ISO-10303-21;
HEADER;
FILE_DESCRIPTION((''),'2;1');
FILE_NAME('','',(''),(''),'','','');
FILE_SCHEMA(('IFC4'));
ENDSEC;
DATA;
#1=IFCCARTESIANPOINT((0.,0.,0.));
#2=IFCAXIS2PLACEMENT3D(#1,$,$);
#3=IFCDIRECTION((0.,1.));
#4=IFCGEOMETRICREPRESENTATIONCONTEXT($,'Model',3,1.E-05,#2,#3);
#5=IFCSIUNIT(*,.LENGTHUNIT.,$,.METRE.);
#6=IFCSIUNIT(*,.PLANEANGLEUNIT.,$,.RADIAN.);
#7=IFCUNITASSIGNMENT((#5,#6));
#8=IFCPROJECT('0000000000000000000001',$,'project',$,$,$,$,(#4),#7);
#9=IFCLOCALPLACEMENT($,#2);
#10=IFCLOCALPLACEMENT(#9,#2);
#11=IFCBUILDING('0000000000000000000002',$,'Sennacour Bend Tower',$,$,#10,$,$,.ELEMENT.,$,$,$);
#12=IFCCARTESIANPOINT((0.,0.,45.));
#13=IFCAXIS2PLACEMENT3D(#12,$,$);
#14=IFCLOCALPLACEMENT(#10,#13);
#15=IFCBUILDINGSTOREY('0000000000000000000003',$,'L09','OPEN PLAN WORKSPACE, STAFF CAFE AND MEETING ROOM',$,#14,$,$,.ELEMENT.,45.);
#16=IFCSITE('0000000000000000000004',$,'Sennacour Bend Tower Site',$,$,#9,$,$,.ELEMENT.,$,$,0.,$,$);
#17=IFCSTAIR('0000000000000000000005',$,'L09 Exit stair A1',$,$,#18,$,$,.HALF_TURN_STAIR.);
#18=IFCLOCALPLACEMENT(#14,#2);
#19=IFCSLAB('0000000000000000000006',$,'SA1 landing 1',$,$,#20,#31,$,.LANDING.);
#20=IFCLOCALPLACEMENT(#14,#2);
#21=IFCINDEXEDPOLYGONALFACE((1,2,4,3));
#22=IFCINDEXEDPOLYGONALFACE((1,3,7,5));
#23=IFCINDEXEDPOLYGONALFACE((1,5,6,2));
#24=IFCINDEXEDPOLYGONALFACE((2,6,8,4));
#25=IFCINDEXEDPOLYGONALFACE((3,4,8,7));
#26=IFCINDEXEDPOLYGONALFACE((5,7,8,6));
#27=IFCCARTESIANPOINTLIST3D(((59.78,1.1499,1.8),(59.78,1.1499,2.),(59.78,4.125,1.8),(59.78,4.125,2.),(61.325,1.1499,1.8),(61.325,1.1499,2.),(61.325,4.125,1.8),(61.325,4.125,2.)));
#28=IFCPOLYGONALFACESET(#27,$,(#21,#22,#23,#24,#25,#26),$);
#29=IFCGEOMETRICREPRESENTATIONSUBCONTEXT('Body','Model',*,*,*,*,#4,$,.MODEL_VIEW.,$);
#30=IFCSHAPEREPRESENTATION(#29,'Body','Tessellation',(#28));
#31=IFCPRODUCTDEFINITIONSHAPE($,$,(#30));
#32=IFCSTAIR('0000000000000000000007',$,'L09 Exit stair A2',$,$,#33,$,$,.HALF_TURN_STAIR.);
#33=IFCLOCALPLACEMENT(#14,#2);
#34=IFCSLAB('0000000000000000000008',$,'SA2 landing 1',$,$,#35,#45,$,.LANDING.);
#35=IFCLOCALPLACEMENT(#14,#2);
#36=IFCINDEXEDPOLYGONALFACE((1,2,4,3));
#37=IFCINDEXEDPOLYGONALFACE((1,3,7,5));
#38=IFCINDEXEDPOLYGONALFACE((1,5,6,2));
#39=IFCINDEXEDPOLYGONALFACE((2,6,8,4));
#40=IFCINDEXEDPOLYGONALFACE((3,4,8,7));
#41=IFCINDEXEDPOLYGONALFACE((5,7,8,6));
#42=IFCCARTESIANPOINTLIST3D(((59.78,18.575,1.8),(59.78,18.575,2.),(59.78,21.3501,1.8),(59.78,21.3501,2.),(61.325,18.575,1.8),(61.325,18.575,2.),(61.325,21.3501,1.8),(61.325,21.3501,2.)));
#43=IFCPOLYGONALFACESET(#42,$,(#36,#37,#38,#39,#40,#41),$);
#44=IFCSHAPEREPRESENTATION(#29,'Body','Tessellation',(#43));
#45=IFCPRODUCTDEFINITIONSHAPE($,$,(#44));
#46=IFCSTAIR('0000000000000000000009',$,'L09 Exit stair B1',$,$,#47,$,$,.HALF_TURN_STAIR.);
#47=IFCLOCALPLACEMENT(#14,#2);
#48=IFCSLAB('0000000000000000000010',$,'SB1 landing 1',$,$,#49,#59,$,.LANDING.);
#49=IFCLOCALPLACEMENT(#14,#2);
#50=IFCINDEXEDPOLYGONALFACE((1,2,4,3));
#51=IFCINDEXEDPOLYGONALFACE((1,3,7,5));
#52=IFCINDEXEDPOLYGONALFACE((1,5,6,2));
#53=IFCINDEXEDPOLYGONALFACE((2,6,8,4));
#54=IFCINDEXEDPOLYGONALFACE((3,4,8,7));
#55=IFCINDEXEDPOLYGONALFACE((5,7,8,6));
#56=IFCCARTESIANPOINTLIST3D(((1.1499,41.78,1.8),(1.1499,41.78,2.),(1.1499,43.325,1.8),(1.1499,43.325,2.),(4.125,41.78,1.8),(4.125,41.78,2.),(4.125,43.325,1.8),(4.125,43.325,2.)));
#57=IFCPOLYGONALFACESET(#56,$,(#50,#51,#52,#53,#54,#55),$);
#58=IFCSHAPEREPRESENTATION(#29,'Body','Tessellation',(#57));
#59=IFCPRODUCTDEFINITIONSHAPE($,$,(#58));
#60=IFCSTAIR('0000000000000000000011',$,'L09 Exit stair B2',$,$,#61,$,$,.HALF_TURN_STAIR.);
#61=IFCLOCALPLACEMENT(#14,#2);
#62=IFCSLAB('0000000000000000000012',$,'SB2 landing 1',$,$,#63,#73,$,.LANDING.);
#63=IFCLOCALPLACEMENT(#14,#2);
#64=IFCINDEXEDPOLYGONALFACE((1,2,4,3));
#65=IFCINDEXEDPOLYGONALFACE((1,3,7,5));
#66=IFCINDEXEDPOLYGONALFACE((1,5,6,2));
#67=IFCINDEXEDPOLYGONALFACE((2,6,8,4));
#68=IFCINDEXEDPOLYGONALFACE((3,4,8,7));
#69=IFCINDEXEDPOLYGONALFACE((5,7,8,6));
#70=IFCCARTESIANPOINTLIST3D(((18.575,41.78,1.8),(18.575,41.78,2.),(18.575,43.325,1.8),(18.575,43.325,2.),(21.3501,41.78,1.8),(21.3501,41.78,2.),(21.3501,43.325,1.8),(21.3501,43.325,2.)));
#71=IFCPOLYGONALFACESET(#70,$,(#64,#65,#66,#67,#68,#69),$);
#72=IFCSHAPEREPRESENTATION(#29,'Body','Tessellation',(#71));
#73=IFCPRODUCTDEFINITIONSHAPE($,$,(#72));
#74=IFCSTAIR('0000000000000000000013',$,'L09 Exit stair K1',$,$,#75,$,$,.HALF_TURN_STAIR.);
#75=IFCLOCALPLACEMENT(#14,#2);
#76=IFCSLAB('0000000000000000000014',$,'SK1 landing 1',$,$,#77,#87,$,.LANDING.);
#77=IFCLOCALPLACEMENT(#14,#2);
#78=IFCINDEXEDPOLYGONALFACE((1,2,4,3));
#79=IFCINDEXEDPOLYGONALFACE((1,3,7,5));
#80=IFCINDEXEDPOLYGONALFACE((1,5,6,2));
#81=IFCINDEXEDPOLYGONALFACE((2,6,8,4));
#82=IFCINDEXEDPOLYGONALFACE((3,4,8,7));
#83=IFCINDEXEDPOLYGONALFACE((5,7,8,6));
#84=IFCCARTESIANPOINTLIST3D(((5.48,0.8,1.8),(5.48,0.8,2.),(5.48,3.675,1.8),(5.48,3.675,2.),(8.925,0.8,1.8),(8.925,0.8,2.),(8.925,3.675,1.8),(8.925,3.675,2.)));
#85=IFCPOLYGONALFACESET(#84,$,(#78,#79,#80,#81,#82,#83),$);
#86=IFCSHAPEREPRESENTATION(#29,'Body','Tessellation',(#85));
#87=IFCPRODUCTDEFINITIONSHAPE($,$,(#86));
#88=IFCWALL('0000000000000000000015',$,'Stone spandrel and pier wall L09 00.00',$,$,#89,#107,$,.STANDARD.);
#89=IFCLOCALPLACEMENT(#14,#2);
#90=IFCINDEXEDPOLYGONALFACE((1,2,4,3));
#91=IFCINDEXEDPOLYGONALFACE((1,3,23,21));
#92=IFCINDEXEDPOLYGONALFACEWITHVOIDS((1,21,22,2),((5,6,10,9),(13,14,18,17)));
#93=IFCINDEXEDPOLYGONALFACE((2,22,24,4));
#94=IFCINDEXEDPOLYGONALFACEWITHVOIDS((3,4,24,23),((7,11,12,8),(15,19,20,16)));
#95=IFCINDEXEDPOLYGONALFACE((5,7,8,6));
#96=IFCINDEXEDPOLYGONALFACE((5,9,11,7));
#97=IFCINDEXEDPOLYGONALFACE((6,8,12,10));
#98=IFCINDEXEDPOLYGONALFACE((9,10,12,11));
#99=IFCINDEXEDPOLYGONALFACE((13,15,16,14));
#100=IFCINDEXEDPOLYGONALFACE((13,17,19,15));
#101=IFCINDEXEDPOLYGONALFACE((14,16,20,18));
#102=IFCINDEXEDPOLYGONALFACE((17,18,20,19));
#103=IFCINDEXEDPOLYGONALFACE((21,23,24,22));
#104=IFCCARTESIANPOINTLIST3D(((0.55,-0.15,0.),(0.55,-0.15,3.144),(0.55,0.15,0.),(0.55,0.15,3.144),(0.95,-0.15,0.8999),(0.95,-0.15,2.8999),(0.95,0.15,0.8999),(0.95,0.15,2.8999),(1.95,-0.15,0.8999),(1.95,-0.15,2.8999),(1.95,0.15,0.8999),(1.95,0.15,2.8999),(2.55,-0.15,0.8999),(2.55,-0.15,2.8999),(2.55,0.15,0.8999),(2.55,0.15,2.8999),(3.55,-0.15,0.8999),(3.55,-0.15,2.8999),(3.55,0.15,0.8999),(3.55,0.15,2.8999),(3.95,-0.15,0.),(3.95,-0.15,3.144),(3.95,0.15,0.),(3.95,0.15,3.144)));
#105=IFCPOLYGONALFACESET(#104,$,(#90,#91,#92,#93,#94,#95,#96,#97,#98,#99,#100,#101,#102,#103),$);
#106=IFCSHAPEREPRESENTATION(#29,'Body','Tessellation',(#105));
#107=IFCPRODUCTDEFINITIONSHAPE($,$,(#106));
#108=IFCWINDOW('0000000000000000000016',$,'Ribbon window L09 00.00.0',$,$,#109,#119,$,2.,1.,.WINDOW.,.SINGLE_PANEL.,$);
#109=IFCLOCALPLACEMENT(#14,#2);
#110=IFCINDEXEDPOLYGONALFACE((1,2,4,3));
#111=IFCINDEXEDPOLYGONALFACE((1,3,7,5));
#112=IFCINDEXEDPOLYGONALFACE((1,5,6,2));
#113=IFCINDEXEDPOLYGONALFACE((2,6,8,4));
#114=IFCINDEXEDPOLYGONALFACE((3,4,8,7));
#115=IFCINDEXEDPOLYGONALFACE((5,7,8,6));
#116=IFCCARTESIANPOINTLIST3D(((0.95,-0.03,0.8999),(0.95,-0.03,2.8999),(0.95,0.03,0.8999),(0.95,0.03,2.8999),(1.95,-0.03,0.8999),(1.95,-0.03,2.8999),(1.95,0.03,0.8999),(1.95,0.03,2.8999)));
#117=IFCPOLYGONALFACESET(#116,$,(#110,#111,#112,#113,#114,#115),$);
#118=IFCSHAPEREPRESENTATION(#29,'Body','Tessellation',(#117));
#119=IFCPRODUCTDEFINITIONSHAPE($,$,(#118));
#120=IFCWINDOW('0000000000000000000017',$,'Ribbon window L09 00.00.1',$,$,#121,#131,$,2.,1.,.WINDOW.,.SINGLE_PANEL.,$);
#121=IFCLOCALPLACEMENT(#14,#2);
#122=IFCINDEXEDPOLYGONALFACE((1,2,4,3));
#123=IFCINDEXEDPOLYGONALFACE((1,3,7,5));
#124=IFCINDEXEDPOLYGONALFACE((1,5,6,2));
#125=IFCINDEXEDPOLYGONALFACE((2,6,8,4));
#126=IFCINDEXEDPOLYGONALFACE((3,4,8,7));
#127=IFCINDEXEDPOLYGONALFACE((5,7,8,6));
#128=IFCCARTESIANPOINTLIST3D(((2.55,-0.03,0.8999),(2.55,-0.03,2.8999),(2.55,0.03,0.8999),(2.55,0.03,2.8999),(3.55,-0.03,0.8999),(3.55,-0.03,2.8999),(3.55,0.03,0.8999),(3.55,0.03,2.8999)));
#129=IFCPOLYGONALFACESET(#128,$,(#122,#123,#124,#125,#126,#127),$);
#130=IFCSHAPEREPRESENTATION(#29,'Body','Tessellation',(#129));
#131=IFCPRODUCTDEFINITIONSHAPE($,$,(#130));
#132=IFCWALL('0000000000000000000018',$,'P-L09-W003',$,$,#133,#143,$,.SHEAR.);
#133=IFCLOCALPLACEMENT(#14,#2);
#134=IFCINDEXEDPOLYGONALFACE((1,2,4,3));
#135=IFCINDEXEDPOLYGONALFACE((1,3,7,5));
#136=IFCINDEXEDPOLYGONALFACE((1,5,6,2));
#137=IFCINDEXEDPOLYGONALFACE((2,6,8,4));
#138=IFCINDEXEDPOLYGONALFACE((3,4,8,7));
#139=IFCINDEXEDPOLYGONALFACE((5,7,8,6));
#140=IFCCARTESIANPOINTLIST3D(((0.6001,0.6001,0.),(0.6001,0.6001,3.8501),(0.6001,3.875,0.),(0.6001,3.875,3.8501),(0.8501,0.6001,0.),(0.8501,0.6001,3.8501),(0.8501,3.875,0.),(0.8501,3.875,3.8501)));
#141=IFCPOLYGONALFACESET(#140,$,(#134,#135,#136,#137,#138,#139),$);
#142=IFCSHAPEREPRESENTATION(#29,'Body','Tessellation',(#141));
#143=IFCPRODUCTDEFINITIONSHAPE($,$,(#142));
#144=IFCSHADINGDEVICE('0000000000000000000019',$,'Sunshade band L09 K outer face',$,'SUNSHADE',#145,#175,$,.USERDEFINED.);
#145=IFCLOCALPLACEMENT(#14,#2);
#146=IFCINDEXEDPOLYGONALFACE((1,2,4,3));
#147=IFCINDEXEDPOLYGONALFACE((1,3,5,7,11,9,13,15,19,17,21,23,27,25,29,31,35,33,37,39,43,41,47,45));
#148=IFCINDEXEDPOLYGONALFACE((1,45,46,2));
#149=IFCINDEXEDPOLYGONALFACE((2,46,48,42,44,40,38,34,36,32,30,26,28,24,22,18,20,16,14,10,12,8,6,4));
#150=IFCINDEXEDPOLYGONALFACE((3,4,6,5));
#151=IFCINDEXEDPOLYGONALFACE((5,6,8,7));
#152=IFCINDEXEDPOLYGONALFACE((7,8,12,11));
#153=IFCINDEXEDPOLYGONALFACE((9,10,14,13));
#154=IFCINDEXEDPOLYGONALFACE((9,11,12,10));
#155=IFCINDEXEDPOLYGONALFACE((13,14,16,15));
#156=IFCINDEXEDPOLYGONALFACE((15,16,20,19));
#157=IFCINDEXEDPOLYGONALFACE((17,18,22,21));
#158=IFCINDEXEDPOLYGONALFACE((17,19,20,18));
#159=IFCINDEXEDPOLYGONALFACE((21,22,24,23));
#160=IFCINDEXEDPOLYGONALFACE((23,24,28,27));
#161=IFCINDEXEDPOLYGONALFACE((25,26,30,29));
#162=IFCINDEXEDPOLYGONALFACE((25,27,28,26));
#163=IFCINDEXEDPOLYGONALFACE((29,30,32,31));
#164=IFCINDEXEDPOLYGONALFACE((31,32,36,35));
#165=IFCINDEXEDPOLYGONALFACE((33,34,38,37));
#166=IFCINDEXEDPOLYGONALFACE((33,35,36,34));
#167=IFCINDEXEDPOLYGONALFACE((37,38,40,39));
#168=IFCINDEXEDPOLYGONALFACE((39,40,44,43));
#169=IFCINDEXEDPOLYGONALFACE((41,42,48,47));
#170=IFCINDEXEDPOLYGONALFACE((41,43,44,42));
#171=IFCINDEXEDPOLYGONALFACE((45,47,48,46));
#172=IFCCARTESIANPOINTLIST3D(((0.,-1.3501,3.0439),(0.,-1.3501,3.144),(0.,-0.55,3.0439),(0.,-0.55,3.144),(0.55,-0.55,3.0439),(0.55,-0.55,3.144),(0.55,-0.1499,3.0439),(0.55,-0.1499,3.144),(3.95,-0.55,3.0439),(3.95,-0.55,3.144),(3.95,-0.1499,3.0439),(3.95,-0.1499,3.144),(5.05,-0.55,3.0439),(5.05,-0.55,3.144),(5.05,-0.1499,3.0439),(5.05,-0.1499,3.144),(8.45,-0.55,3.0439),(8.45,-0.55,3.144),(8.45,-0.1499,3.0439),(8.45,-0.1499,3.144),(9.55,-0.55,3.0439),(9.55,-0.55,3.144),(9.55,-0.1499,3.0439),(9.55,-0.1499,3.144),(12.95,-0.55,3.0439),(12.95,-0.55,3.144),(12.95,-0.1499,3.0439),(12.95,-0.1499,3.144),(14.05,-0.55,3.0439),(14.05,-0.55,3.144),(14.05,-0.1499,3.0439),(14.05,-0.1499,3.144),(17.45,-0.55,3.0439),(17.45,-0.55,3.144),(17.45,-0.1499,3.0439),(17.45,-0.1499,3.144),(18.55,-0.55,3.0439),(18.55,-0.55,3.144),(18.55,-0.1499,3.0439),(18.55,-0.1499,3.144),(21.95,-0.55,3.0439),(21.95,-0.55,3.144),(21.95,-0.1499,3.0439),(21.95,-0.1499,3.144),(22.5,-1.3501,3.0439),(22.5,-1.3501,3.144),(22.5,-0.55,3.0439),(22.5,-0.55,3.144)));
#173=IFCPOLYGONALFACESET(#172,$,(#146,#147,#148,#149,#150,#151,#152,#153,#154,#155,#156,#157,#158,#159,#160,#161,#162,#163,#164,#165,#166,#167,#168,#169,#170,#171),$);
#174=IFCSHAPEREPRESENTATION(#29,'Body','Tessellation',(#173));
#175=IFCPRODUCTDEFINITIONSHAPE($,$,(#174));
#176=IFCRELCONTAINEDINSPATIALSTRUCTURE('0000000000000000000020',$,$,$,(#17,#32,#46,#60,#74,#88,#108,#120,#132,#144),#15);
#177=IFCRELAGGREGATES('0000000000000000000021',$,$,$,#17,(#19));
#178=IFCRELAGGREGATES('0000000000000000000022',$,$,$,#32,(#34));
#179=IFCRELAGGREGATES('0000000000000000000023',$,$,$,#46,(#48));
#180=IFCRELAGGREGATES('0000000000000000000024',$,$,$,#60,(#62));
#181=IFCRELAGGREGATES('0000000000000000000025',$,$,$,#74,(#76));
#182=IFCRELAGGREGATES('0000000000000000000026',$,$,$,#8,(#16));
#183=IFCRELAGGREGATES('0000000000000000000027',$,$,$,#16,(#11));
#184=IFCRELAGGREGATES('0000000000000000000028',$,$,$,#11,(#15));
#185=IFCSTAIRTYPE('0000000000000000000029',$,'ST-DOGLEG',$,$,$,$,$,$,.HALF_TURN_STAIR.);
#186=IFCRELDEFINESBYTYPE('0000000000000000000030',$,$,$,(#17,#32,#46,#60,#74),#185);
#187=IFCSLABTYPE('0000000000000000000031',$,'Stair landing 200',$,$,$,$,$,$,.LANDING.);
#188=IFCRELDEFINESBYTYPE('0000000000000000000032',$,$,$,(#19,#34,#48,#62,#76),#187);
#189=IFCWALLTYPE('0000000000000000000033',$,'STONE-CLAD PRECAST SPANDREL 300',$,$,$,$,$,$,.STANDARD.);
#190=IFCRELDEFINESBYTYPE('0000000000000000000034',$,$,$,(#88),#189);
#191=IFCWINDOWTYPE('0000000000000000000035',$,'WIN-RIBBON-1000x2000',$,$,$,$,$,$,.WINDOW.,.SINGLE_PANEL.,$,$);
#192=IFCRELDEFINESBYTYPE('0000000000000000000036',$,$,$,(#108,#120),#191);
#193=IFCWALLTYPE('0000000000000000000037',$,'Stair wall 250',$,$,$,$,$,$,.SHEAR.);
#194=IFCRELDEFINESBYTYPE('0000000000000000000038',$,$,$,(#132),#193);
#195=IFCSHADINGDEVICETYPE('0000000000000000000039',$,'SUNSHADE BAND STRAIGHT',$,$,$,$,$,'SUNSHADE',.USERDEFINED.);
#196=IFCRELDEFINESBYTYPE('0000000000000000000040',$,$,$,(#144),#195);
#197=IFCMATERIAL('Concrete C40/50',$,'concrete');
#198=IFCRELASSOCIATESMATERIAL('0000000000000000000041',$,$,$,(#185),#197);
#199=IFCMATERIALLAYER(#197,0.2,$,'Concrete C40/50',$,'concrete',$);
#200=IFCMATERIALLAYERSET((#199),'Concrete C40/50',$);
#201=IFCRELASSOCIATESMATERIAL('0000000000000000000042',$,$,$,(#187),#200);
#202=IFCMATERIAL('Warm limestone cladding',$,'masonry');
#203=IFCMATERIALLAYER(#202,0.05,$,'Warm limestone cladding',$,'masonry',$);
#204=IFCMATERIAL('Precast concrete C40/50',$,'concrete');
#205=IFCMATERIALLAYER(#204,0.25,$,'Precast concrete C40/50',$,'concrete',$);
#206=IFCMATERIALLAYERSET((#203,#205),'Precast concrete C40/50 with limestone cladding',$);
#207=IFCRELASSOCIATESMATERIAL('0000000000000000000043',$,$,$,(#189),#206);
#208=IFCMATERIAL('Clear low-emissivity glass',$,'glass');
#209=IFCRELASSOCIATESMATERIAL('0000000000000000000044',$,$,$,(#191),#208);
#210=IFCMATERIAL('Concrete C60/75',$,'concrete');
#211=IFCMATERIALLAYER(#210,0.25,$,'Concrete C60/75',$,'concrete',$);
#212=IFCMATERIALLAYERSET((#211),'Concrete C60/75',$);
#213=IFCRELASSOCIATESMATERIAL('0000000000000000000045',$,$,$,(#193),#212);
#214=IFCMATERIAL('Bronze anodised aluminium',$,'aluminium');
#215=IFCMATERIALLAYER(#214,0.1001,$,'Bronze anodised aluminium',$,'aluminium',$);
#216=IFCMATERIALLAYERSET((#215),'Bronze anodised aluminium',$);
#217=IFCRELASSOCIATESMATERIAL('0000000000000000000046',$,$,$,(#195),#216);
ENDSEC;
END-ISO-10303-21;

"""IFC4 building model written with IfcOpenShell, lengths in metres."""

from ifc_helpers import new_model, si_unit, direction, frame, frame_2d, origin, place, context, subcontext, project, spatial, polyline, rectangle, outline, extrude, material, layer, layer_set, type_object, element, fill, aggregate, save


model = new_model("IFC4")

# Units and contexts
model_context = context("Model", 3, precision=1e-05, world=origin(), true_north=direction((0.0, 1.0)))
body_context = subcontext(model_context, "Body", "Model", "MODEL_VIEW")
ifc_project = project(units=[si_unit("LENGTHUNIT", "METRE"), si_unit("PLANEANGLEUNIT", "RADIAN")], contexts=[model_context])

# Site, building, storey
site_placement = place(None, origin())
site = spatial("IfcSite", under=ifc_project, at=site_placement, Name="Sennacour Bend Tower Site", CompositionType="ELEMENT", RefElevation=0.0)
building_placement = place(site_placement, origin())
building = spatial("IfcBuilding", under=site, at=building_placement, Name="Sennacour Bend Tower", CompositionType="ELEMENT")
storey_placement = place(building_placement, frame((0.0, 0.0, 45.0)))
storey = spatial("IfcBuildingStorey", under=building, at=storey_placement, Name="L09", Description="OPEN PLAN WORKSPACE, STAFF CAFE AND MEETING ROOM", CompositionType="ELEMENT", Elevation=45.0)

# Shared definitions
ifc_material_1 = material(Name="Concrete C40/50", Category="concrete")

# Stairs, slabs
stair_type = type_object("IfcStairType", Name="ST-DOGLEG", PredefinedType="HALF_TURN_STAIR", material=ifc_material_1)
stair_1_placement = place(storey_placement, origin())
stair_1 = element("IfcStair", 1, at=stair_1_placement, inside=storey, type_object=stair_type, Name="L09 Exit stair A1", PredefinedType="HALF_TURN_STAIR")
ifc_layer_1 = layer(ifc_material_1, 0.2, Name="Concrete C40/50", Category="concrete")
ifc_layer_set_1 = layer_set([ifc_layer_1], Name="Concrete C40/50")
slab_type_1 = type_object("IfcSlabType", Name="Stair landing 200", PredefinedType="LANDING", material=ifc_layer_set_1)
slab_1_placement = place(storey_placement, frame((0.0, 0.0, 1.8)))
slab_1 = element("IfcSlab", 2, at=slab_1_placement, type_object=slab_type_1, Name="SA1 landing 1", PredefinedType="LANDING", context=body_context, shape_type="SweptSolid", body=[
    extrude(outline(polyline([(59.78, 1.1499), (61.325, 1.1499), (61.325, 4.125), (59.78, 4.125), (59.78, 1.1499)])), origin(), (0.0, 0.0, 1.0), 0.2),
])
aggregate(stair_1, [slab_1])
stair_2_placement = place(storey_placement, origin())
stair_2 = element("IfcStair", 3, at=stair_2_placement, inside=storey, type_object=stair_type, Name="L09 Exit stair A2", PredefinedType="HALF_TURN_STAIR")
slab_2_placement = place(storey_placement, frame((0.0, 0.0, 1.8)))
slab_2 = element("IfcSlab", 4, at=slab_2_placement, type_object=slab_type_1, Name="SA2 landing 1", PredefinedType="LANDING", context=body_context, shape_type="SweptSolid", body=[
    extrude(outline(polyline([(59.78, 18.575), (61.325, 18.575), (61.325, 21.3501), (59.78, 21.3501), (59.78, 18.575)])), origin(), (0.0, 0.0, 1.0), 0.2),
])
aggregate(stair_2, [slab_2])
stair_3_placement = place(storey_placement, origin())
stair_3 = element("IfcStair", 5, at=stair_3_placement, inside=storey, type_object=stair_type, Name="L09 Exit stair B1", PredefinedType="HALF_TURN_STAIR")
slab_3_placement = place(storey_placement, frame((0.0, 0.0, 1.8)))
slab_3 = element("IfcSlab", 6, at=slab_3_placement, type_object=slab_type_1, Name="SB1 landing 1", PredefinedType="LANDING", context=body_context, shape_type="SweptSolid", body=[
    extrude(outline(polyline([(1.1499, 41.78), (4.125, 41.78), (4.125, 43.325), (1.1499, 43.325), (1.1499, 41.78)])), origin(), (0.0, 0.0, 1.0), 0.2),
])
aggregate(stair_3, [slab_3])
stair_4_placement = place(storey_placement, origin())
stair_4 = element("IfcStair", 7, at=stair_4_placement, inside=storey, type_object=stair_type, Name="L09 Exit stair B2", PredefinedType="HALF_TURN_STAIR")
slab_4_placement = place(storey_placement, frame((0.0, 0.0, 1.8)))
slab_4 = element("IfcSlab", 8, at=slab_4_placement, type_object=slab_type_1, Name="SB2 landing 1", PredefinedType="LANDING", context=body_context, shape_type="SweptSolid", body=[
    extrude(outline(polyline([(18.575, 41.78), (21.3501, 41.78), (21.3501, 43.325), (18.575, 43.325), (18.575, 41.78)])), origin(), (0.0, 0.0, 1.0), 0.2),
])
aggregate(stair_4, [slab_4])
stair_5_placement = place(storey_placement, origin())
stair_5 = element("IfcStair", 9, at=stair_5_placement, inside=storey, type_object=stair_type, Name="L09 Exit stair K1", PredefinedType="HALF_TURN_STAIR")
slab_5_placement = place(storey_placement, frame((0.0, 0.0, 1.8)))
slab_5 = element("IfcSlab", 10, at=slab_5_placement, type_object=slab_type_1, Name="SK1 landing 1", PredefinedType="LANDING", context=body_context, shape_type="SweptSolid", body=[
    extrude(outline(polyline([(5.48, 0.8), (8.925, 0.8), (8.925, 3.675), (5.48, 3.675), (5.48, 0.8)])), origin(), (0.0, 0.0, 1.0), 0.2),
])
aggregate(stair_5, [slab_5])

# Wall, openings, windows
ifc_material_2 = material(Name="Warm limestone cladding", Category="masonry")
ifc_layer_2 = layer(ifc_material_2, 0.05, Name="Warm limestone cladding", Category="masonry")
ifc_material_3 = material(Name="Precast concrete C40/50", Category="concrete")
ifc_layer_3 = layer(ifc_material_3, 0.25, Name="Precast concrete C40/50", Category="concrete")
ifc_layer_set_2 = layer_set([ifc_layer_2, ifc_layer_3], Name="Precast concrete C40/50 with limestone cladding")
wall_type_1 = type_object("IfcWallType", Name="STONE-CLAD PRECAST SPANDREL 300", PredefinedType="STANDARD", material=ifc_layer_set_2)
wall_1_placement = place(storey_placement, frame((0.55, 0.0, 0.0), z_axis=(0.0, 0.0, 1.0), x_axis=(1.0, 0.0, 0.0)))
wall_1 = element("IfcWall", 11, at=wall_1_placement, inside=storey, type_object=wall_type_1, Name="Stone spandrel and pier wall L09 00.00", PredefinedType="STANDARD", context=body_context, shape_type="SweptSolid", body=[
    extrude(rectangle(XDim=3.3999, YDim=0.3, at=frame_2d((1.7, 0.0))), origin(), (0.0, 0.0, 1.0), 3.144),
])
opening_1_placement = place(wall_1_placement, frame((0.3999, 0.0, 0.8999)))
opening_1 = element("IfcOpeningElement", 12, at=opening_1_placement, cuts=wall_1, PredefinedType="OPENING", context=body_context, shape_type="SweptSolid", body=[
    extrude(rectangle(XDim=1.0, YDim=2.0, at=frame_2d((0.5, 1.0))), frame((0.0, 0.1602, 0.0), z_axis=(0.0, -1.0, 0.0), x_axis=(1.0, 0.0, 0.0)), (0.0, 0.0, 1.0), 0.3201),
])
opening_2_placement = place(wall_1_placement, frame((2.0, 0.0, 0.8999)))
opening_2 = element("IfcOpeningElement", 13, at=opening_2_placement, cuts=wall_1, PredefinedType="OPENING", context=body_context, shape_type="SweptSolid", body=[
    extrude(rectangle(XDim=1.0, YDim=2.0, at=frame_2d((0.5, 1.0))), frame((0.0, 0.1602, 0.0), z_axis=(0.0, -1.0, 0.0), x_axis=(1.0, 0.0, 0.0)), (0.0, 0.0, 1.0), 0.3201),
])
ifc_material_4 = material(Name="Clear low-emissivity glass", Category="glass")
window_type = type_object("IfcWindowType", Name="WIN-RIBBON-1000x2000", PartitioningType="SINGLE_PANEL", PredefinedType="WINDOW", material=ifc_material_4)
window_1_placement = place(opening_1_placement, origin())
window_1 = element("IfcWindow", 14, at=window_1_placement, inside=storey, type_object=window_type, Name="Ribbon window L09 00.00.0", OverallHeight=2.0, OverallWidth=1.0, PartitioningType="SINGLE_PANEL", PredefinedType="WINDOW", context=body_context, shape_type="SweptSolid", body=[
    extrude(rectangle(XDim=1.0, YDim=2.0, at=frame_2d((0.5, 1.0))), frame((0.0, 0.03, 0.0), z_axis=(0.0, -1.0, 0.0), x_axis=(1.0, 0.0, 0.0)), (0.0, 0.0, 1.0), 0.0601),
])
fill(opening_1, window_1)
window_2_placement = place(opening_2_placement, origin())
window_2 = element("IfcWindow", 15, at=window_2_placement, inside=storey, type_object=window_type, Name="Ribbon window L09 00.00.1", OverallHeight=2.0, OverallWidth=1.0, PartitioningType="SINGLE_PANEL", PredefinedType="WINDOW", context=body_context, shape_type="SweptSolid", body=[
    extrude(rectangle(XDim=1.0, YDim=2.0, at=frame_2d((0.5, 1.0))), frame((0.0, 0.03, 0.0), z_axis=(0.0, -1.0, 0.0), x_axis=(1.0, 0.0, 0.0)), (0.0, 0.0, 1.0), 0.0601),
])
fill(opening_2, window_2)

# Wall
ifc_material_5 = material(Name="Concrete C60/75", Category="concrete")
ifc_layer_4 = layer(ifc_material_5, 0.25, Name="Concrete C60/75", Category="concrete")
ifc_layer_set_3 = layer_set([ifc_layer_4], Name="Concrete C60/75")
wall_type_2 = type_object("IfcWallType", Name="Stair wall 250", PredefinedType="SHEAR", material=ifc_layer_set_3)
wall_2_placement = place(storey_placement, frame((0.7251, 0.6001, 0.0), z_axis=(0.0, 0.0, 1.0), x_axis=(0.0, 1.0, 0.0)))
element("IfcWall", 16, at=wall_2_placement, inside=storey, type_object=wall_type_2, Name="P-L09-W003", PredefinedType="SHEAR", context=body_context, shape_type="SweptSolid", body=[
    extrude(rectangle(XDim=3.2749, YDim=0.25, at=frame_2d((1.6375, 0.0))), origin(), (0.0, 0.0, 1.0), 3.8501),
])

# Shading device
ifc_material_6 = material(Name="Bronze anodised aluminium", Category="aluminium")
ifc_layer_5 = layer(ifc_material_6, 0.1001, Name="Bronze anodised aluminium", Category="aluminium")
ifc_layer_set_4 = layer_set([ifc_layer_5], Name="Bronze anodised aluminium")
shading_device_type_1 = type_object("IfcShadingDeviceType", Name="SUNSHADE BAND STRAIGHT", ElementType="SUNSHADE", PredefinedType="USERDEFINED", material=ifc_layer_set_4)
shading_device_1_placement = place(storey_placement, frame((0.0, 0.0, 3.0439)))
element("IfcShadingDevice", 17, at=shading_device_1_placement, inside=storey, type_object=shading_device_type_1, Name="Sunshade band L09 K outer face", ObjectType="SUNSHADE", PredefinedType="USERDEFINED", context=body_context, shape_type="SweptSolid", body=[
    extrude(outline(polyline([(3.95, -0.1499), (3.95, -0.55), (5.05, -0.55), (5.05, -0.1499), (8.45, -0.1499), (8.45, -0.55), (9.55, -0.55), (9.55, -0.1499), (12.95, -0.1499), (12.95, -0.55), (14.05, -0.55), (14.05, -0.1499), (17.45, -0.1499), (17.45, -0.55), (18.55, -0.55), (18.55, -0.1499), (21.95, -0.1499), (21.95, -0.55), (22.5, -0.55), (22.5, -1.3501), (0.0, -1.3501), (0.0, -0.55), (0.55, -0.55), (0.55, -0.1499), (3.95, -0.1499)])), origin(), (0.0, 0.0, 1.0), 0.1001),
])

save(model, "model.ifc")
